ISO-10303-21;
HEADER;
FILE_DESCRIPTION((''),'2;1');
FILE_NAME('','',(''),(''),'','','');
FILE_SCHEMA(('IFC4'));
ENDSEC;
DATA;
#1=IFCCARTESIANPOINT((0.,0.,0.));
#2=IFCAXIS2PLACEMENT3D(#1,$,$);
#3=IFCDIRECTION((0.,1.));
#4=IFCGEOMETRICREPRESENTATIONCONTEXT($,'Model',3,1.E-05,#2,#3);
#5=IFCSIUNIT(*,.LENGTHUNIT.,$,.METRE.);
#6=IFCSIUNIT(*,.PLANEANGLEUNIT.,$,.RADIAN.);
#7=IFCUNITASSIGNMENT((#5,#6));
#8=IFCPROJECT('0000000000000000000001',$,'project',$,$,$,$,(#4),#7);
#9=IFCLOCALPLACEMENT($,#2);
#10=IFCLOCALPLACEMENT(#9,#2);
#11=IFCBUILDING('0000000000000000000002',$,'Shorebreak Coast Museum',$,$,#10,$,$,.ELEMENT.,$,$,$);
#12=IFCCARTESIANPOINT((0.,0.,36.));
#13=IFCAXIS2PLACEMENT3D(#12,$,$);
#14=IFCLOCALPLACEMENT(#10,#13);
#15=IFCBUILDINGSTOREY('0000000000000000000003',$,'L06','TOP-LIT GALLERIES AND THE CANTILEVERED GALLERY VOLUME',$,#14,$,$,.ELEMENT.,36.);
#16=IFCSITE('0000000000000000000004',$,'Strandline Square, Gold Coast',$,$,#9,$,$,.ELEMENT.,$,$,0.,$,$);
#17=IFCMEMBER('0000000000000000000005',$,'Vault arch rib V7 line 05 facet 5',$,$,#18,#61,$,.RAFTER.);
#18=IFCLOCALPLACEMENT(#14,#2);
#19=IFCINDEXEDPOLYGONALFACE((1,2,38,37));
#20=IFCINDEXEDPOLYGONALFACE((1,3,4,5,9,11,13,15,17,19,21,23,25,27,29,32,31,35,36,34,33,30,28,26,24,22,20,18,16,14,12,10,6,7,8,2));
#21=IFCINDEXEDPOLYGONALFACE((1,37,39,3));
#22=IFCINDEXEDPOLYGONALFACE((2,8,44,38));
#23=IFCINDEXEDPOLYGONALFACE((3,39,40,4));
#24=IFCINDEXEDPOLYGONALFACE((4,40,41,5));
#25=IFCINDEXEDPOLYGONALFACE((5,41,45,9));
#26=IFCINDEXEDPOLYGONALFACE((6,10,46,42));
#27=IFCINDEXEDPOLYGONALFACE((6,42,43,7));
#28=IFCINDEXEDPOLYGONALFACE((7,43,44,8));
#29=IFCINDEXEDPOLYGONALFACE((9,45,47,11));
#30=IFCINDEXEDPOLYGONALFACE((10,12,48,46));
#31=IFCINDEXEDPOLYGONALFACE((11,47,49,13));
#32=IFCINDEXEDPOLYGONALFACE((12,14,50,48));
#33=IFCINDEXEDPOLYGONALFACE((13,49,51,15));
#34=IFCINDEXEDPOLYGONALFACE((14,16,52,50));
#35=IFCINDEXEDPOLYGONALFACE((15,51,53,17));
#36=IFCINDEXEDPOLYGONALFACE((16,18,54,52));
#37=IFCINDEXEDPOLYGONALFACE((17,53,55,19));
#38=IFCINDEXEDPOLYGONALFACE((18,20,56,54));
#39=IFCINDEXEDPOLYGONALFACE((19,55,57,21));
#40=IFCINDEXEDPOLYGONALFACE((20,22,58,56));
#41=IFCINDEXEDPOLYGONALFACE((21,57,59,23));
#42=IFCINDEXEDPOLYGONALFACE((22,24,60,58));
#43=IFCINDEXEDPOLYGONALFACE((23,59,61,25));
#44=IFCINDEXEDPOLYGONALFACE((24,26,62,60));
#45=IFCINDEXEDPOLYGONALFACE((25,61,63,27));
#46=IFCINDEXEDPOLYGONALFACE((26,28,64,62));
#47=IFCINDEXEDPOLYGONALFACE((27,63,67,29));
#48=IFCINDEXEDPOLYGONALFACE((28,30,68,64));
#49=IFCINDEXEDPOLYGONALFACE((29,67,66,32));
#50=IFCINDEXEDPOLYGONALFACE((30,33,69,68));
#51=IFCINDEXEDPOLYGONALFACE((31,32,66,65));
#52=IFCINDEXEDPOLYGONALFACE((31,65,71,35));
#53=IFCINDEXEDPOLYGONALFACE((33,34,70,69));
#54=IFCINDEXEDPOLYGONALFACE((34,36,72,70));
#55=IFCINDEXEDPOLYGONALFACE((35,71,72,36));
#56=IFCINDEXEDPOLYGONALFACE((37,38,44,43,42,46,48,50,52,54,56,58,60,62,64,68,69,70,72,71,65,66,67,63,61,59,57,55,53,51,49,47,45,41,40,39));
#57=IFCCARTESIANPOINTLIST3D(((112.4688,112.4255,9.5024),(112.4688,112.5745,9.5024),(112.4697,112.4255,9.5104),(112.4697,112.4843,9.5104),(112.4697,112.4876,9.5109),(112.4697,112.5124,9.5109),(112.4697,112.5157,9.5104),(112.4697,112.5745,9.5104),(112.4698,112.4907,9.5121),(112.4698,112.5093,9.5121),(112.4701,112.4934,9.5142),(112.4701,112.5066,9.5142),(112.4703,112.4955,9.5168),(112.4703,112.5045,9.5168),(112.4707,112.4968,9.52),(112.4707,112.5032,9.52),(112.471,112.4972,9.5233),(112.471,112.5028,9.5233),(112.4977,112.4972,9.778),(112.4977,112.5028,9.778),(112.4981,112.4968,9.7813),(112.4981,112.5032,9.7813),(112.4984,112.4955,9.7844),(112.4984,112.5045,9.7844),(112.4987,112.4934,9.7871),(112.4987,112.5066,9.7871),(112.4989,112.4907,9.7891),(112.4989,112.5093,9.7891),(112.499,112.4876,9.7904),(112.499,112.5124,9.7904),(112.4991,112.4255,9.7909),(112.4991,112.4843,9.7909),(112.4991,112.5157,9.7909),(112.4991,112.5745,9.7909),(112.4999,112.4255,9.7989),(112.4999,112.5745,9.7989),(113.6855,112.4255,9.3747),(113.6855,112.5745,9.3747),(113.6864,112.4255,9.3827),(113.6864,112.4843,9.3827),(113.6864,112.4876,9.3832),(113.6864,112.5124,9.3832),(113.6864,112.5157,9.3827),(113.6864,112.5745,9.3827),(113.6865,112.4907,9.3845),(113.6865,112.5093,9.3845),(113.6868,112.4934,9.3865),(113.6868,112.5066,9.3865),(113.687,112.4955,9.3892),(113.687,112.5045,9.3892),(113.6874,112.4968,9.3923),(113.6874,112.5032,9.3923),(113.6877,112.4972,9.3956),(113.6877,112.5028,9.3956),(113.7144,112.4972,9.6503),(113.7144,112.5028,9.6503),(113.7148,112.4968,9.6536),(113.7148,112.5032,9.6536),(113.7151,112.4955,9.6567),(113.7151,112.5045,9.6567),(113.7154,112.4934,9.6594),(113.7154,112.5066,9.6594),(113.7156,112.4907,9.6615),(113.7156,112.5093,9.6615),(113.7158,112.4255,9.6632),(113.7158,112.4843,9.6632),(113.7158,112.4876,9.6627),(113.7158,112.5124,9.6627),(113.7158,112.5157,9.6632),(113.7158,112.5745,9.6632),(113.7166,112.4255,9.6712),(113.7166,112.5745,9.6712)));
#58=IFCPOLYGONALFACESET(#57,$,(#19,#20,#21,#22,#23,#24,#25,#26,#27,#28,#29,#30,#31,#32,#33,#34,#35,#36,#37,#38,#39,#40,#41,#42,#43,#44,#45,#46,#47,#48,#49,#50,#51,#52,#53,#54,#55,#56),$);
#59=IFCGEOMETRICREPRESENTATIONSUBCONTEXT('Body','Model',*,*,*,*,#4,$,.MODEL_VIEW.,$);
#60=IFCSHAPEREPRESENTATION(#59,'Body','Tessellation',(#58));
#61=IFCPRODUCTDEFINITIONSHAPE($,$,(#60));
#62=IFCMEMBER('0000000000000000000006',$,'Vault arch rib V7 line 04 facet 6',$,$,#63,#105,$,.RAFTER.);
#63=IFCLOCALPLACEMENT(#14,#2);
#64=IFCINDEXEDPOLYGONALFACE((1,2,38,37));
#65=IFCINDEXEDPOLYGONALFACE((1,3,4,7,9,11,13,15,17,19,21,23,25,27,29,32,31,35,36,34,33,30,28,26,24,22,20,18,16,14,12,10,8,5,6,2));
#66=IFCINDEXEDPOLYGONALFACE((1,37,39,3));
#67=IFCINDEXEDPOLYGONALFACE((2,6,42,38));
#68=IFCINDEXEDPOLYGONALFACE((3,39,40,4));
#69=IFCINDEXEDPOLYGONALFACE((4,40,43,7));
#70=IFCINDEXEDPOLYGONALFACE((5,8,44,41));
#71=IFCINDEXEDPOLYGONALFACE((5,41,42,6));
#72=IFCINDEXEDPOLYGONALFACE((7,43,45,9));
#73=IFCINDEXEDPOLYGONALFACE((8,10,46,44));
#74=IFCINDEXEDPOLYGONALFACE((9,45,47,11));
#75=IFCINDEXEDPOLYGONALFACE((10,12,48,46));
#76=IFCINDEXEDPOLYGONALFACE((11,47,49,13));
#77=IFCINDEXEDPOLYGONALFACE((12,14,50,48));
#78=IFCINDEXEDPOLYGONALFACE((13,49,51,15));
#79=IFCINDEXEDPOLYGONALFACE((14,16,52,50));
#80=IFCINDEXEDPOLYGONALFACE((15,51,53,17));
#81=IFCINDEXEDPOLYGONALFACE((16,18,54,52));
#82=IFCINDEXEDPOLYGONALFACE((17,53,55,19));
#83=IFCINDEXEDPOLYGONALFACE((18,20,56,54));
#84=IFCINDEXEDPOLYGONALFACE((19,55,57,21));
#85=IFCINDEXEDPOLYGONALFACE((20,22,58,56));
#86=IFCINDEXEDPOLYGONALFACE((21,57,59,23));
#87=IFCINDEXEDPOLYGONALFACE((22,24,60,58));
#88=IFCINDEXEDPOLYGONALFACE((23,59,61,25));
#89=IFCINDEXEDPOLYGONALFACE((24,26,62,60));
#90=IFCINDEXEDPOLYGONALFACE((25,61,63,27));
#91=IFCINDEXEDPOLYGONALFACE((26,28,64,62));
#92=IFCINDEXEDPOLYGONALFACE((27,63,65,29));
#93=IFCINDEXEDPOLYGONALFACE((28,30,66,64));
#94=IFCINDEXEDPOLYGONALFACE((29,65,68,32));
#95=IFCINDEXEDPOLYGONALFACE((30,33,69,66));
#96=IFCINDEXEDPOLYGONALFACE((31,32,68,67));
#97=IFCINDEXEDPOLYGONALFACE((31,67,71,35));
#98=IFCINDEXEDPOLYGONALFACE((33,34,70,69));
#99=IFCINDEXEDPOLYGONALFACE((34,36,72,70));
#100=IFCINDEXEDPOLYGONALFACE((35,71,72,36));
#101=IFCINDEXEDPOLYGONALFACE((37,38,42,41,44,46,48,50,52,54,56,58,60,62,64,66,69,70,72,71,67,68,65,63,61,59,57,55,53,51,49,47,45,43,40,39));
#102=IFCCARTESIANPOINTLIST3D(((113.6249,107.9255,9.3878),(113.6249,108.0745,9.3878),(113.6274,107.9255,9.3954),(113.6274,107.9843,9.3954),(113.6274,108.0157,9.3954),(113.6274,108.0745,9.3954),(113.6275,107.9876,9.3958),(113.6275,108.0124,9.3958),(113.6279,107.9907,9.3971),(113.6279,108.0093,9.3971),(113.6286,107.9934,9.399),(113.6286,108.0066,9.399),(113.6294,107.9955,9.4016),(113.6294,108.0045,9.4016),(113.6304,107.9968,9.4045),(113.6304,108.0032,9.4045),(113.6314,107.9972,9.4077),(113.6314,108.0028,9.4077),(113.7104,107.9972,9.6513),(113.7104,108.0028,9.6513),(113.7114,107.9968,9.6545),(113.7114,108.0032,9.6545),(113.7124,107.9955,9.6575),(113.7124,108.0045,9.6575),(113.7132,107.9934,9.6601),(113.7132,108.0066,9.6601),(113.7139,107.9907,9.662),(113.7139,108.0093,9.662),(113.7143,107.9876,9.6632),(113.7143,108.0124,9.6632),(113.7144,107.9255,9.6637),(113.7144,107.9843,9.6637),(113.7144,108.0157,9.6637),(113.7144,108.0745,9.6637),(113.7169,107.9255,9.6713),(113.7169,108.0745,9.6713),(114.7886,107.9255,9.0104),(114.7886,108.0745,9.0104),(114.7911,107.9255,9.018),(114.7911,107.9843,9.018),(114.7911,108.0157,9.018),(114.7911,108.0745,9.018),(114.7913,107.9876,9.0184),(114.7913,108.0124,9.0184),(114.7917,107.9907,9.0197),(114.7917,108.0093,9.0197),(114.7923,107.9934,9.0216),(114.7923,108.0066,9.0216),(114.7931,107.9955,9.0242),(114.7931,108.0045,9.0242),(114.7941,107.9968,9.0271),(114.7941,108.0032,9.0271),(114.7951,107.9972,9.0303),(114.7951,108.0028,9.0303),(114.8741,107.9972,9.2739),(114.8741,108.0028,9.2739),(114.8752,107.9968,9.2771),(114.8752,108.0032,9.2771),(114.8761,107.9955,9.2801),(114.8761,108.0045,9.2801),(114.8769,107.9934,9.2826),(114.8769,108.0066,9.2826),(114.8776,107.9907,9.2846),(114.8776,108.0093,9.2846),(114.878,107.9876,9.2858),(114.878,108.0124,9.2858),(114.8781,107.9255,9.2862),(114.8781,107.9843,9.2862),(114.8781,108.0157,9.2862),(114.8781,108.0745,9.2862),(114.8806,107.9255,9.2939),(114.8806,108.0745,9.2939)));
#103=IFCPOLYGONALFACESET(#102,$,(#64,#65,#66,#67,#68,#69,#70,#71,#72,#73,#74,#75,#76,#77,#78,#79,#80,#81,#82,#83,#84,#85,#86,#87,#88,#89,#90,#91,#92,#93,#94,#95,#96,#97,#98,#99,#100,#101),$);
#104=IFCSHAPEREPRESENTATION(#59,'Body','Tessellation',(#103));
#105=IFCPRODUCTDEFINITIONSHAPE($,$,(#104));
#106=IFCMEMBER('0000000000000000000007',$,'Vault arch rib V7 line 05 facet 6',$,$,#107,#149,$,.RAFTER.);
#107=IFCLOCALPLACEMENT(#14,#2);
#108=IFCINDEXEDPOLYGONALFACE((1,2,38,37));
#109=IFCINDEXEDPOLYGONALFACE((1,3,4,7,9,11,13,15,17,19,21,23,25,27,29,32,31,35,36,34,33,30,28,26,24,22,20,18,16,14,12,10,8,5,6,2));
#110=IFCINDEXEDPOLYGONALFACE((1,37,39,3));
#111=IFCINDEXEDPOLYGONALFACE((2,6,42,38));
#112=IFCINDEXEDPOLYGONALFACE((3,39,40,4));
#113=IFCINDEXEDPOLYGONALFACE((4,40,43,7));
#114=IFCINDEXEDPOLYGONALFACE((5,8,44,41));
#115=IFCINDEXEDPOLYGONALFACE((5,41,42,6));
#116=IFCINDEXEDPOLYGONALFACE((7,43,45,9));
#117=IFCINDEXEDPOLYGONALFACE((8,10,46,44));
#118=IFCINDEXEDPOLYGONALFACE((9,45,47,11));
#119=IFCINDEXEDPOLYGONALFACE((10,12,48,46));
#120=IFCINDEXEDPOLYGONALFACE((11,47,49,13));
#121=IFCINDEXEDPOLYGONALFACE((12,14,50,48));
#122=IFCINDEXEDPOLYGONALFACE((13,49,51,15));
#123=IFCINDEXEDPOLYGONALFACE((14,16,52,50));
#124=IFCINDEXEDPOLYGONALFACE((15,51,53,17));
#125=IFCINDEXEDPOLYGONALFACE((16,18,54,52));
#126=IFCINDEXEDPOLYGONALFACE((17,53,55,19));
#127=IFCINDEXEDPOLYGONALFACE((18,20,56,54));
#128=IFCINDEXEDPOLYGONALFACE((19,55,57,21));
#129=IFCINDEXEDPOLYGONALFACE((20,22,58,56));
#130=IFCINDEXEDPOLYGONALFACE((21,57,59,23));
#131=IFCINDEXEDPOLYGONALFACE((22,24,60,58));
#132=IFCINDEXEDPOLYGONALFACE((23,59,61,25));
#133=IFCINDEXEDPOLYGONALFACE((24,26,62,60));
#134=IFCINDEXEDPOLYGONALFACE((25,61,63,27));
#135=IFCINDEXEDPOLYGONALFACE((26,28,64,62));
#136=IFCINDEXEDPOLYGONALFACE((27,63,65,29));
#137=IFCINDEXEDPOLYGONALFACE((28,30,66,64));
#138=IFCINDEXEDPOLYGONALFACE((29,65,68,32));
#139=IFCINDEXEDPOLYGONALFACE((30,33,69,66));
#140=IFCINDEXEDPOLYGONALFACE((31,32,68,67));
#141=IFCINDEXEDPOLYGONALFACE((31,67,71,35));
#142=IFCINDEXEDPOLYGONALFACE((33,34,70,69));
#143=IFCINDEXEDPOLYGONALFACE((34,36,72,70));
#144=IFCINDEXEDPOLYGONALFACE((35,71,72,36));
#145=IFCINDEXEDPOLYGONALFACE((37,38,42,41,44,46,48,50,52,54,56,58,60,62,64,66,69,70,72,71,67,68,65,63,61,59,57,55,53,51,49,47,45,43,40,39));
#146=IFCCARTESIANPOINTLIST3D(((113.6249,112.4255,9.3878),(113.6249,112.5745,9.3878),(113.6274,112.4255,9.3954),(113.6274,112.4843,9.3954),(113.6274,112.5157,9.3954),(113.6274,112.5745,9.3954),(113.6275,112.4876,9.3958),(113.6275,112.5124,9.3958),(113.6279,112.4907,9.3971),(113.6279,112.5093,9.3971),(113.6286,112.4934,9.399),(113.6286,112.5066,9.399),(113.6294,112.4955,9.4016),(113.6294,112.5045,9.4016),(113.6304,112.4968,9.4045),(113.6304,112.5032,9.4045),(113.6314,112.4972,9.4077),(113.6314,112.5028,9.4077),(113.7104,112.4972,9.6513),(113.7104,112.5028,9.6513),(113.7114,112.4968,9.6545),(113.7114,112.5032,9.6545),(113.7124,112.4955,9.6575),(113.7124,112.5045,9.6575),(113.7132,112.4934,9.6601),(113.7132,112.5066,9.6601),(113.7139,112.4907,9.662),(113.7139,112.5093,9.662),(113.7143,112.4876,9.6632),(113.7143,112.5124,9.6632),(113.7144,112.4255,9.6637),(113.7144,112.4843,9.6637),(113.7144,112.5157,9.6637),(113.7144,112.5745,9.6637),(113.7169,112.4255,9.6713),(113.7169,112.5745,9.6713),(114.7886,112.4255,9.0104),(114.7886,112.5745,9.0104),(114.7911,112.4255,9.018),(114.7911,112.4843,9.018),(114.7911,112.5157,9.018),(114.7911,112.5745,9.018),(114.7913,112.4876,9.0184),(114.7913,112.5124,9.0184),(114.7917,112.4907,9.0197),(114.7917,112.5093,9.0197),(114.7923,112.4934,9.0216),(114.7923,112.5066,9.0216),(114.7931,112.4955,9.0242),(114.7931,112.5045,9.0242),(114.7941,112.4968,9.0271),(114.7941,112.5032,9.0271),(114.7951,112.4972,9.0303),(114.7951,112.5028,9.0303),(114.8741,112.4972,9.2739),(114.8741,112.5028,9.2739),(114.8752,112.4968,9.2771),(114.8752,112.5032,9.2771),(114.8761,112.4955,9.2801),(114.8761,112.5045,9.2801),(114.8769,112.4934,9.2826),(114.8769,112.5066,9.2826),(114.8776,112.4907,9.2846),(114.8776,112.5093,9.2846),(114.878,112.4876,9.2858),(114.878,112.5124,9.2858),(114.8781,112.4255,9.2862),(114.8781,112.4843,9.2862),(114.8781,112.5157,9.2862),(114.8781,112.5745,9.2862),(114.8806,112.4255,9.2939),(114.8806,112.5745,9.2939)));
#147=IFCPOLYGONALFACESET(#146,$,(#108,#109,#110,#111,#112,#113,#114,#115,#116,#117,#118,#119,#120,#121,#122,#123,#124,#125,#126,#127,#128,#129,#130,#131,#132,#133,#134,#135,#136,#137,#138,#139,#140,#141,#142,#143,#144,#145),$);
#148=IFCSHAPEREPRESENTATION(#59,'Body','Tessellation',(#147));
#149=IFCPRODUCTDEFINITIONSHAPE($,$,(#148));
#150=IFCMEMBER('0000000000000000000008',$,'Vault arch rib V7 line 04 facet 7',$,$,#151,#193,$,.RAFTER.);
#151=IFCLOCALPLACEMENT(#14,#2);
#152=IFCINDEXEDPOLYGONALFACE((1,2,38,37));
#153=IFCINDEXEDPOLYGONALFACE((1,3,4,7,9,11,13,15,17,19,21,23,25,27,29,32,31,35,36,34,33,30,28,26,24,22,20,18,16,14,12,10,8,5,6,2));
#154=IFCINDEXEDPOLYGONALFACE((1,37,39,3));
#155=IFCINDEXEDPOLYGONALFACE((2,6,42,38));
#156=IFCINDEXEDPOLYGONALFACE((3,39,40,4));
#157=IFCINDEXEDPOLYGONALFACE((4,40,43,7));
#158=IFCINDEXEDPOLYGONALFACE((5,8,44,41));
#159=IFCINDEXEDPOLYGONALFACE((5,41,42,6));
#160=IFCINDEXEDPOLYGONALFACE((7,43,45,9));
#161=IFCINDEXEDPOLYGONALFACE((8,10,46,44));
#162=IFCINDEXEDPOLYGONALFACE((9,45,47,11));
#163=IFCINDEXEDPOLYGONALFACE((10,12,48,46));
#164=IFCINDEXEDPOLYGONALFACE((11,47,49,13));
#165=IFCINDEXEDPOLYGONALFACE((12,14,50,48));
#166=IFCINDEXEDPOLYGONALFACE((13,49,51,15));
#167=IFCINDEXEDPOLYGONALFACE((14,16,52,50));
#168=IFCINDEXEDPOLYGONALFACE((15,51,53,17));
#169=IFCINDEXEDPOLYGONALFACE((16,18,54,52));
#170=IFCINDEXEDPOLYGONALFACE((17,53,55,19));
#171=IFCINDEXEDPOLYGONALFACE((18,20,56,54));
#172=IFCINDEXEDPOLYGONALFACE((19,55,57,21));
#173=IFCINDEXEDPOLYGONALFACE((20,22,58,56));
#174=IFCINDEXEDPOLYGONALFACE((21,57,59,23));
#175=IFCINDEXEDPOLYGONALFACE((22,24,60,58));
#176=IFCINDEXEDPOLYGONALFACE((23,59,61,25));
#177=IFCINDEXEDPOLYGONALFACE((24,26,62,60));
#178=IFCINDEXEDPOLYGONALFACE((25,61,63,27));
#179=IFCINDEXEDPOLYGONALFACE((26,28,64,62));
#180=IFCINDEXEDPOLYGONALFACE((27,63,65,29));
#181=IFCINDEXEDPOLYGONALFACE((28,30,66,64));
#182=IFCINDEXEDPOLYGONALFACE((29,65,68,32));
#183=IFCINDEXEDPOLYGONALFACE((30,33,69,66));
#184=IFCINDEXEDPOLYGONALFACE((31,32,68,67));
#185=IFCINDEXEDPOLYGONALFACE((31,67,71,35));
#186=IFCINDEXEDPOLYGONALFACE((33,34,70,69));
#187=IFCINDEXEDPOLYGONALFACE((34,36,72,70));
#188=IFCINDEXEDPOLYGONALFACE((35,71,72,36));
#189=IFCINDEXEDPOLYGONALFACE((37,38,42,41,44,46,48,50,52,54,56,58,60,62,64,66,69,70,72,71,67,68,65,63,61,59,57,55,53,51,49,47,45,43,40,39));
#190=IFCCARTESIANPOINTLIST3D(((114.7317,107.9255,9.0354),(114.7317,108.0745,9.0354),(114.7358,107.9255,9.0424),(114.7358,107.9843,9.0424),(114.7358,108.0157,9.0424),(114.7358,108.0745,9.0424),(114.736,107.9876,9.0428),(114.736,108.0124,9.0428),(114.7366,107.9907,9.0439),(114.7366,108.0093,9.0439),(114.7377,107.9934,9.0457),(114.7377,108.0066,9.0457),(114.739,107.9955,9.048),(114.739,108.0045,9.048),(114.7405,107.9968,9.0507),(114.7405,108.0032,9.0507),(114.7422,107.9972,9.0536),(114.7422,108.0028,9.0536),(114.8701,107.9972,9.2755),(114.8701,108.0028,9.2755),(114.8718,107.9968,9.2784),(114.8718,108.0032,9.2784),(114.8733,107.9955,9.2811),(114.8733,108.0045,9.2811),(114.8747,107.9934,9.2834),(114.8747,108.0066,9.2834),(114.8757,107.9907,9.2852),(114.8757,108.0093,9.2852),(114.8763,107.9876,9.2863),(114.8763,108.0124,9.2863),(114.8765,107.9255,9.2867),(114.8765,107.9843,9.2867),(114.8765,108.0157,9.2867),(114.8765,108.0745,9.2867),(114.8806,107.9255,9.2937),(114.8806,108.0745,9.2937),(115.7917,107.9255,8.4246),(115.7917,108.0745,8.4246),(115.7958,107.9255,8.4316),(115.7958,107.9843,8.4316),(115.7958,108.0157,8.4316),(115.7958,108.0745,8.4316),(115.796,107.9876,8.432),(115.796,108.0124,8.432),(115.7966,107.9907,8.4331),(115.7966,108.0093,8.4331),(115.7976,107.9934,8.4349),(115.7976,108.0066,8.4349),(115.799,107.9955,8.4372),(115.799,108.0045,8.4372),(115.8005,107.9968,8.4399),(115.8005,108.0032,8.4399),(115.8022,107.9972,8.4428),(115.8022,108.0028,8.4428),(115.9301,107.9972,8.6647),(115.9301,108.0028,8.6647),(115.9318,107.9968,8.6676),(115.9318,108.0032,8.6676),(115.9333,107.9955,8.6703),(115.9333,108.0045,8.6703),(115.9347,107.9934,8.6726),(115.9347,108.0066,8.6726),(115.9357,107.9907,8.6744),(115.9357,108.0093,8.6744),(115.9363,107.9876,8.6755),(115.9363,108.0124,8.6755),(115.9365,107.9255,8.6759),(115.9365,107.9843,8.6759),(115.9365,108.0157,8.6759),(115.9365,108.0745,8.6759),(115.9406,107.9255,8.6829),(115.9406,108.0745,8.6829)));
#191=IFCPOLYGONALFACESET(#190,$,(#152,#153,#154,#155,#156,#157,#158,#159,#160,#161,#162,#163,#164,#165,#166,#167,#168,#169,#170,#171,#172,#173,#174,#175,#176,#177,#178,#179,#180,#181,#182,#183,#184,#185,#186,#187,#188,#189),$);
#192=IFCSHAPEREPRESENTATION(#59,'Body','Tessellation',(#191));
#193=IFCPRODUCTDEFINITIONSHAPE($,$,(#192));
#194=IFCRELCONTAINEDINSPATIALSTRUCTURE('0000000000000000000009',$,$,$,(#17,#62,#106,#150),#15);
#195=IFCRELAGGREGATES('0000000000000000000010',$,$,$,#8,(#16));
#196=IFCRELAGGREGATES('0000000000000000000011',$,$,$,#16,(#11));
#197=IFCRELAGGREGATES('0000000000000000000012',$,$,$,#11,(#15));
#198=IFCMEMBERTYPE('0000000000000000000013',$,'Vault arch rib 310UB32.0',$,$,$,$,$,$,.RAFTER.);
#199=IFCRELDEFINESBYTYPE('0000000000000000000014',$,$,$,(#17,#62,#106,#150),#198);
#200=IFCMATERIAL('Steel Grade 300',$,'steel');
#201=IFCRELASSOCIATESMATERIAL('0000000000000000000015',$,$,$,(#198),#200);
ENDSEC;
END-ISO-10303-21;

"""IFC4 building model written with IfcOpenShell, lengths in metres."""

from ifc_helpers import new_model, si_unit, direction, frame, origin, origin_2d, place, context, subcontext, project, spatial, i_section, extrude, material, material_profile, profile_set, type_object, element, save


model = new_model("IFC4")

# Units and contexts
model_context = context("Model", 3, precision=1e-05, world=origin(), true_north=direction((0.0, 1.0)))
body_context = subcontext(model_context, "Body", "Model", "MODEL_VIEW")
ifc_project = project(units=[si_unit("LENGTHUNIT", "METRE"), si_unit("PLANEANGLEUNIT", "RADIAN")], contexts=[model_context])

# Site, building, storey
site_placement = place(None, origin())
site = spatial("IfcSite", under=ifc_project, at=site_placement, Name="Strandline Square, Gold Coast", CompositionType="ELEMENT", RefElevation=0.0)
building_placement = place(site_placement, origin())
building = spatial("IfcBuilding", under=site, at=building_placement, Name="Shorebreak Coast Museum", CompositionType="ELEMENT")
storey_placement = place(building_placement, frame((0.0, 0.0, 36.0)))
storey = spatial("IfcBuildingStorey", under=building, at=storey_placement, Name="L06", Description="TOP-LIT GALLERIES AND THE CANTILEVERED GALLERY VOLUME", CompositionType="ELEMENT", Elevation=36.0)

# Members
ifc_material_1 = material(Name="Steel Grade 300", Category="steel")
ifc_material_profile_1 = material_profile(ifc_material_1, i_section(OverallWidth=0.1489, OverallDepth=0.2981, WebThickness=0.0056, FlangeThickness=0.0081, FilletRadius=0.0129, at=origin_2d()), Name="310UB32.0")
ifc_profile_set_1 = profile_set([ifc_material_profile_1], Name="Steel Grade 300")
member_type_1 = type_object("IfcMemberType", Name="Vault arch rib 310UB32.0", PredefinedType="RAFTER", material=ifc_profile_set_1)
for number, where, z_axis, x_axis, name in (
    (1, (112.4844, 112.5, 9.6506), (0.994539, 0.0, -0.104363), (0.0, 1.0, 0.0), "Vault arch rib V7 line 05 facet 5"),
    (2, (113.6709, 108.0, 9.5295), (0.951226, 0.0, -0.308495), (0.0, 1.0, 0.0), "Vault arch rib V7 line 04 facet 6"),
    (3, (113.6709, 112.5, 9.5295), (0.951226, 0.0, -0.308495), (0.0, 1.0, 0.0), "Vault arch rib V7 line 05 facet 6"),
    (4, (114.8062, 108.0, 9.1646), (0.866445, 0.0, -0.499273), (0.0, 1.0, 0.0), "Vault arch rib V7 line 04 facet 7"),
):
    element("IfcMember", number, at=place(storey_placement, frame(where, z_axis=z_axis, x_axis=x_axis)), inside=storey, type_object=member_type_1, Name=name, PredefinedType="RAFTER", context=body_context, shape_type="SweptSolid", body=[
        extrude(i_section(OverallWidth=0.1489, OverallDepth=0.2981, WebThickness=0.0056, FlangeThickness=0.0081, FilletRadius=0.0129, at=origin_2d()), origin(), (0.0, 0.0, 1.0), 1.2234),
    ])

save(model, "model.ifc")
